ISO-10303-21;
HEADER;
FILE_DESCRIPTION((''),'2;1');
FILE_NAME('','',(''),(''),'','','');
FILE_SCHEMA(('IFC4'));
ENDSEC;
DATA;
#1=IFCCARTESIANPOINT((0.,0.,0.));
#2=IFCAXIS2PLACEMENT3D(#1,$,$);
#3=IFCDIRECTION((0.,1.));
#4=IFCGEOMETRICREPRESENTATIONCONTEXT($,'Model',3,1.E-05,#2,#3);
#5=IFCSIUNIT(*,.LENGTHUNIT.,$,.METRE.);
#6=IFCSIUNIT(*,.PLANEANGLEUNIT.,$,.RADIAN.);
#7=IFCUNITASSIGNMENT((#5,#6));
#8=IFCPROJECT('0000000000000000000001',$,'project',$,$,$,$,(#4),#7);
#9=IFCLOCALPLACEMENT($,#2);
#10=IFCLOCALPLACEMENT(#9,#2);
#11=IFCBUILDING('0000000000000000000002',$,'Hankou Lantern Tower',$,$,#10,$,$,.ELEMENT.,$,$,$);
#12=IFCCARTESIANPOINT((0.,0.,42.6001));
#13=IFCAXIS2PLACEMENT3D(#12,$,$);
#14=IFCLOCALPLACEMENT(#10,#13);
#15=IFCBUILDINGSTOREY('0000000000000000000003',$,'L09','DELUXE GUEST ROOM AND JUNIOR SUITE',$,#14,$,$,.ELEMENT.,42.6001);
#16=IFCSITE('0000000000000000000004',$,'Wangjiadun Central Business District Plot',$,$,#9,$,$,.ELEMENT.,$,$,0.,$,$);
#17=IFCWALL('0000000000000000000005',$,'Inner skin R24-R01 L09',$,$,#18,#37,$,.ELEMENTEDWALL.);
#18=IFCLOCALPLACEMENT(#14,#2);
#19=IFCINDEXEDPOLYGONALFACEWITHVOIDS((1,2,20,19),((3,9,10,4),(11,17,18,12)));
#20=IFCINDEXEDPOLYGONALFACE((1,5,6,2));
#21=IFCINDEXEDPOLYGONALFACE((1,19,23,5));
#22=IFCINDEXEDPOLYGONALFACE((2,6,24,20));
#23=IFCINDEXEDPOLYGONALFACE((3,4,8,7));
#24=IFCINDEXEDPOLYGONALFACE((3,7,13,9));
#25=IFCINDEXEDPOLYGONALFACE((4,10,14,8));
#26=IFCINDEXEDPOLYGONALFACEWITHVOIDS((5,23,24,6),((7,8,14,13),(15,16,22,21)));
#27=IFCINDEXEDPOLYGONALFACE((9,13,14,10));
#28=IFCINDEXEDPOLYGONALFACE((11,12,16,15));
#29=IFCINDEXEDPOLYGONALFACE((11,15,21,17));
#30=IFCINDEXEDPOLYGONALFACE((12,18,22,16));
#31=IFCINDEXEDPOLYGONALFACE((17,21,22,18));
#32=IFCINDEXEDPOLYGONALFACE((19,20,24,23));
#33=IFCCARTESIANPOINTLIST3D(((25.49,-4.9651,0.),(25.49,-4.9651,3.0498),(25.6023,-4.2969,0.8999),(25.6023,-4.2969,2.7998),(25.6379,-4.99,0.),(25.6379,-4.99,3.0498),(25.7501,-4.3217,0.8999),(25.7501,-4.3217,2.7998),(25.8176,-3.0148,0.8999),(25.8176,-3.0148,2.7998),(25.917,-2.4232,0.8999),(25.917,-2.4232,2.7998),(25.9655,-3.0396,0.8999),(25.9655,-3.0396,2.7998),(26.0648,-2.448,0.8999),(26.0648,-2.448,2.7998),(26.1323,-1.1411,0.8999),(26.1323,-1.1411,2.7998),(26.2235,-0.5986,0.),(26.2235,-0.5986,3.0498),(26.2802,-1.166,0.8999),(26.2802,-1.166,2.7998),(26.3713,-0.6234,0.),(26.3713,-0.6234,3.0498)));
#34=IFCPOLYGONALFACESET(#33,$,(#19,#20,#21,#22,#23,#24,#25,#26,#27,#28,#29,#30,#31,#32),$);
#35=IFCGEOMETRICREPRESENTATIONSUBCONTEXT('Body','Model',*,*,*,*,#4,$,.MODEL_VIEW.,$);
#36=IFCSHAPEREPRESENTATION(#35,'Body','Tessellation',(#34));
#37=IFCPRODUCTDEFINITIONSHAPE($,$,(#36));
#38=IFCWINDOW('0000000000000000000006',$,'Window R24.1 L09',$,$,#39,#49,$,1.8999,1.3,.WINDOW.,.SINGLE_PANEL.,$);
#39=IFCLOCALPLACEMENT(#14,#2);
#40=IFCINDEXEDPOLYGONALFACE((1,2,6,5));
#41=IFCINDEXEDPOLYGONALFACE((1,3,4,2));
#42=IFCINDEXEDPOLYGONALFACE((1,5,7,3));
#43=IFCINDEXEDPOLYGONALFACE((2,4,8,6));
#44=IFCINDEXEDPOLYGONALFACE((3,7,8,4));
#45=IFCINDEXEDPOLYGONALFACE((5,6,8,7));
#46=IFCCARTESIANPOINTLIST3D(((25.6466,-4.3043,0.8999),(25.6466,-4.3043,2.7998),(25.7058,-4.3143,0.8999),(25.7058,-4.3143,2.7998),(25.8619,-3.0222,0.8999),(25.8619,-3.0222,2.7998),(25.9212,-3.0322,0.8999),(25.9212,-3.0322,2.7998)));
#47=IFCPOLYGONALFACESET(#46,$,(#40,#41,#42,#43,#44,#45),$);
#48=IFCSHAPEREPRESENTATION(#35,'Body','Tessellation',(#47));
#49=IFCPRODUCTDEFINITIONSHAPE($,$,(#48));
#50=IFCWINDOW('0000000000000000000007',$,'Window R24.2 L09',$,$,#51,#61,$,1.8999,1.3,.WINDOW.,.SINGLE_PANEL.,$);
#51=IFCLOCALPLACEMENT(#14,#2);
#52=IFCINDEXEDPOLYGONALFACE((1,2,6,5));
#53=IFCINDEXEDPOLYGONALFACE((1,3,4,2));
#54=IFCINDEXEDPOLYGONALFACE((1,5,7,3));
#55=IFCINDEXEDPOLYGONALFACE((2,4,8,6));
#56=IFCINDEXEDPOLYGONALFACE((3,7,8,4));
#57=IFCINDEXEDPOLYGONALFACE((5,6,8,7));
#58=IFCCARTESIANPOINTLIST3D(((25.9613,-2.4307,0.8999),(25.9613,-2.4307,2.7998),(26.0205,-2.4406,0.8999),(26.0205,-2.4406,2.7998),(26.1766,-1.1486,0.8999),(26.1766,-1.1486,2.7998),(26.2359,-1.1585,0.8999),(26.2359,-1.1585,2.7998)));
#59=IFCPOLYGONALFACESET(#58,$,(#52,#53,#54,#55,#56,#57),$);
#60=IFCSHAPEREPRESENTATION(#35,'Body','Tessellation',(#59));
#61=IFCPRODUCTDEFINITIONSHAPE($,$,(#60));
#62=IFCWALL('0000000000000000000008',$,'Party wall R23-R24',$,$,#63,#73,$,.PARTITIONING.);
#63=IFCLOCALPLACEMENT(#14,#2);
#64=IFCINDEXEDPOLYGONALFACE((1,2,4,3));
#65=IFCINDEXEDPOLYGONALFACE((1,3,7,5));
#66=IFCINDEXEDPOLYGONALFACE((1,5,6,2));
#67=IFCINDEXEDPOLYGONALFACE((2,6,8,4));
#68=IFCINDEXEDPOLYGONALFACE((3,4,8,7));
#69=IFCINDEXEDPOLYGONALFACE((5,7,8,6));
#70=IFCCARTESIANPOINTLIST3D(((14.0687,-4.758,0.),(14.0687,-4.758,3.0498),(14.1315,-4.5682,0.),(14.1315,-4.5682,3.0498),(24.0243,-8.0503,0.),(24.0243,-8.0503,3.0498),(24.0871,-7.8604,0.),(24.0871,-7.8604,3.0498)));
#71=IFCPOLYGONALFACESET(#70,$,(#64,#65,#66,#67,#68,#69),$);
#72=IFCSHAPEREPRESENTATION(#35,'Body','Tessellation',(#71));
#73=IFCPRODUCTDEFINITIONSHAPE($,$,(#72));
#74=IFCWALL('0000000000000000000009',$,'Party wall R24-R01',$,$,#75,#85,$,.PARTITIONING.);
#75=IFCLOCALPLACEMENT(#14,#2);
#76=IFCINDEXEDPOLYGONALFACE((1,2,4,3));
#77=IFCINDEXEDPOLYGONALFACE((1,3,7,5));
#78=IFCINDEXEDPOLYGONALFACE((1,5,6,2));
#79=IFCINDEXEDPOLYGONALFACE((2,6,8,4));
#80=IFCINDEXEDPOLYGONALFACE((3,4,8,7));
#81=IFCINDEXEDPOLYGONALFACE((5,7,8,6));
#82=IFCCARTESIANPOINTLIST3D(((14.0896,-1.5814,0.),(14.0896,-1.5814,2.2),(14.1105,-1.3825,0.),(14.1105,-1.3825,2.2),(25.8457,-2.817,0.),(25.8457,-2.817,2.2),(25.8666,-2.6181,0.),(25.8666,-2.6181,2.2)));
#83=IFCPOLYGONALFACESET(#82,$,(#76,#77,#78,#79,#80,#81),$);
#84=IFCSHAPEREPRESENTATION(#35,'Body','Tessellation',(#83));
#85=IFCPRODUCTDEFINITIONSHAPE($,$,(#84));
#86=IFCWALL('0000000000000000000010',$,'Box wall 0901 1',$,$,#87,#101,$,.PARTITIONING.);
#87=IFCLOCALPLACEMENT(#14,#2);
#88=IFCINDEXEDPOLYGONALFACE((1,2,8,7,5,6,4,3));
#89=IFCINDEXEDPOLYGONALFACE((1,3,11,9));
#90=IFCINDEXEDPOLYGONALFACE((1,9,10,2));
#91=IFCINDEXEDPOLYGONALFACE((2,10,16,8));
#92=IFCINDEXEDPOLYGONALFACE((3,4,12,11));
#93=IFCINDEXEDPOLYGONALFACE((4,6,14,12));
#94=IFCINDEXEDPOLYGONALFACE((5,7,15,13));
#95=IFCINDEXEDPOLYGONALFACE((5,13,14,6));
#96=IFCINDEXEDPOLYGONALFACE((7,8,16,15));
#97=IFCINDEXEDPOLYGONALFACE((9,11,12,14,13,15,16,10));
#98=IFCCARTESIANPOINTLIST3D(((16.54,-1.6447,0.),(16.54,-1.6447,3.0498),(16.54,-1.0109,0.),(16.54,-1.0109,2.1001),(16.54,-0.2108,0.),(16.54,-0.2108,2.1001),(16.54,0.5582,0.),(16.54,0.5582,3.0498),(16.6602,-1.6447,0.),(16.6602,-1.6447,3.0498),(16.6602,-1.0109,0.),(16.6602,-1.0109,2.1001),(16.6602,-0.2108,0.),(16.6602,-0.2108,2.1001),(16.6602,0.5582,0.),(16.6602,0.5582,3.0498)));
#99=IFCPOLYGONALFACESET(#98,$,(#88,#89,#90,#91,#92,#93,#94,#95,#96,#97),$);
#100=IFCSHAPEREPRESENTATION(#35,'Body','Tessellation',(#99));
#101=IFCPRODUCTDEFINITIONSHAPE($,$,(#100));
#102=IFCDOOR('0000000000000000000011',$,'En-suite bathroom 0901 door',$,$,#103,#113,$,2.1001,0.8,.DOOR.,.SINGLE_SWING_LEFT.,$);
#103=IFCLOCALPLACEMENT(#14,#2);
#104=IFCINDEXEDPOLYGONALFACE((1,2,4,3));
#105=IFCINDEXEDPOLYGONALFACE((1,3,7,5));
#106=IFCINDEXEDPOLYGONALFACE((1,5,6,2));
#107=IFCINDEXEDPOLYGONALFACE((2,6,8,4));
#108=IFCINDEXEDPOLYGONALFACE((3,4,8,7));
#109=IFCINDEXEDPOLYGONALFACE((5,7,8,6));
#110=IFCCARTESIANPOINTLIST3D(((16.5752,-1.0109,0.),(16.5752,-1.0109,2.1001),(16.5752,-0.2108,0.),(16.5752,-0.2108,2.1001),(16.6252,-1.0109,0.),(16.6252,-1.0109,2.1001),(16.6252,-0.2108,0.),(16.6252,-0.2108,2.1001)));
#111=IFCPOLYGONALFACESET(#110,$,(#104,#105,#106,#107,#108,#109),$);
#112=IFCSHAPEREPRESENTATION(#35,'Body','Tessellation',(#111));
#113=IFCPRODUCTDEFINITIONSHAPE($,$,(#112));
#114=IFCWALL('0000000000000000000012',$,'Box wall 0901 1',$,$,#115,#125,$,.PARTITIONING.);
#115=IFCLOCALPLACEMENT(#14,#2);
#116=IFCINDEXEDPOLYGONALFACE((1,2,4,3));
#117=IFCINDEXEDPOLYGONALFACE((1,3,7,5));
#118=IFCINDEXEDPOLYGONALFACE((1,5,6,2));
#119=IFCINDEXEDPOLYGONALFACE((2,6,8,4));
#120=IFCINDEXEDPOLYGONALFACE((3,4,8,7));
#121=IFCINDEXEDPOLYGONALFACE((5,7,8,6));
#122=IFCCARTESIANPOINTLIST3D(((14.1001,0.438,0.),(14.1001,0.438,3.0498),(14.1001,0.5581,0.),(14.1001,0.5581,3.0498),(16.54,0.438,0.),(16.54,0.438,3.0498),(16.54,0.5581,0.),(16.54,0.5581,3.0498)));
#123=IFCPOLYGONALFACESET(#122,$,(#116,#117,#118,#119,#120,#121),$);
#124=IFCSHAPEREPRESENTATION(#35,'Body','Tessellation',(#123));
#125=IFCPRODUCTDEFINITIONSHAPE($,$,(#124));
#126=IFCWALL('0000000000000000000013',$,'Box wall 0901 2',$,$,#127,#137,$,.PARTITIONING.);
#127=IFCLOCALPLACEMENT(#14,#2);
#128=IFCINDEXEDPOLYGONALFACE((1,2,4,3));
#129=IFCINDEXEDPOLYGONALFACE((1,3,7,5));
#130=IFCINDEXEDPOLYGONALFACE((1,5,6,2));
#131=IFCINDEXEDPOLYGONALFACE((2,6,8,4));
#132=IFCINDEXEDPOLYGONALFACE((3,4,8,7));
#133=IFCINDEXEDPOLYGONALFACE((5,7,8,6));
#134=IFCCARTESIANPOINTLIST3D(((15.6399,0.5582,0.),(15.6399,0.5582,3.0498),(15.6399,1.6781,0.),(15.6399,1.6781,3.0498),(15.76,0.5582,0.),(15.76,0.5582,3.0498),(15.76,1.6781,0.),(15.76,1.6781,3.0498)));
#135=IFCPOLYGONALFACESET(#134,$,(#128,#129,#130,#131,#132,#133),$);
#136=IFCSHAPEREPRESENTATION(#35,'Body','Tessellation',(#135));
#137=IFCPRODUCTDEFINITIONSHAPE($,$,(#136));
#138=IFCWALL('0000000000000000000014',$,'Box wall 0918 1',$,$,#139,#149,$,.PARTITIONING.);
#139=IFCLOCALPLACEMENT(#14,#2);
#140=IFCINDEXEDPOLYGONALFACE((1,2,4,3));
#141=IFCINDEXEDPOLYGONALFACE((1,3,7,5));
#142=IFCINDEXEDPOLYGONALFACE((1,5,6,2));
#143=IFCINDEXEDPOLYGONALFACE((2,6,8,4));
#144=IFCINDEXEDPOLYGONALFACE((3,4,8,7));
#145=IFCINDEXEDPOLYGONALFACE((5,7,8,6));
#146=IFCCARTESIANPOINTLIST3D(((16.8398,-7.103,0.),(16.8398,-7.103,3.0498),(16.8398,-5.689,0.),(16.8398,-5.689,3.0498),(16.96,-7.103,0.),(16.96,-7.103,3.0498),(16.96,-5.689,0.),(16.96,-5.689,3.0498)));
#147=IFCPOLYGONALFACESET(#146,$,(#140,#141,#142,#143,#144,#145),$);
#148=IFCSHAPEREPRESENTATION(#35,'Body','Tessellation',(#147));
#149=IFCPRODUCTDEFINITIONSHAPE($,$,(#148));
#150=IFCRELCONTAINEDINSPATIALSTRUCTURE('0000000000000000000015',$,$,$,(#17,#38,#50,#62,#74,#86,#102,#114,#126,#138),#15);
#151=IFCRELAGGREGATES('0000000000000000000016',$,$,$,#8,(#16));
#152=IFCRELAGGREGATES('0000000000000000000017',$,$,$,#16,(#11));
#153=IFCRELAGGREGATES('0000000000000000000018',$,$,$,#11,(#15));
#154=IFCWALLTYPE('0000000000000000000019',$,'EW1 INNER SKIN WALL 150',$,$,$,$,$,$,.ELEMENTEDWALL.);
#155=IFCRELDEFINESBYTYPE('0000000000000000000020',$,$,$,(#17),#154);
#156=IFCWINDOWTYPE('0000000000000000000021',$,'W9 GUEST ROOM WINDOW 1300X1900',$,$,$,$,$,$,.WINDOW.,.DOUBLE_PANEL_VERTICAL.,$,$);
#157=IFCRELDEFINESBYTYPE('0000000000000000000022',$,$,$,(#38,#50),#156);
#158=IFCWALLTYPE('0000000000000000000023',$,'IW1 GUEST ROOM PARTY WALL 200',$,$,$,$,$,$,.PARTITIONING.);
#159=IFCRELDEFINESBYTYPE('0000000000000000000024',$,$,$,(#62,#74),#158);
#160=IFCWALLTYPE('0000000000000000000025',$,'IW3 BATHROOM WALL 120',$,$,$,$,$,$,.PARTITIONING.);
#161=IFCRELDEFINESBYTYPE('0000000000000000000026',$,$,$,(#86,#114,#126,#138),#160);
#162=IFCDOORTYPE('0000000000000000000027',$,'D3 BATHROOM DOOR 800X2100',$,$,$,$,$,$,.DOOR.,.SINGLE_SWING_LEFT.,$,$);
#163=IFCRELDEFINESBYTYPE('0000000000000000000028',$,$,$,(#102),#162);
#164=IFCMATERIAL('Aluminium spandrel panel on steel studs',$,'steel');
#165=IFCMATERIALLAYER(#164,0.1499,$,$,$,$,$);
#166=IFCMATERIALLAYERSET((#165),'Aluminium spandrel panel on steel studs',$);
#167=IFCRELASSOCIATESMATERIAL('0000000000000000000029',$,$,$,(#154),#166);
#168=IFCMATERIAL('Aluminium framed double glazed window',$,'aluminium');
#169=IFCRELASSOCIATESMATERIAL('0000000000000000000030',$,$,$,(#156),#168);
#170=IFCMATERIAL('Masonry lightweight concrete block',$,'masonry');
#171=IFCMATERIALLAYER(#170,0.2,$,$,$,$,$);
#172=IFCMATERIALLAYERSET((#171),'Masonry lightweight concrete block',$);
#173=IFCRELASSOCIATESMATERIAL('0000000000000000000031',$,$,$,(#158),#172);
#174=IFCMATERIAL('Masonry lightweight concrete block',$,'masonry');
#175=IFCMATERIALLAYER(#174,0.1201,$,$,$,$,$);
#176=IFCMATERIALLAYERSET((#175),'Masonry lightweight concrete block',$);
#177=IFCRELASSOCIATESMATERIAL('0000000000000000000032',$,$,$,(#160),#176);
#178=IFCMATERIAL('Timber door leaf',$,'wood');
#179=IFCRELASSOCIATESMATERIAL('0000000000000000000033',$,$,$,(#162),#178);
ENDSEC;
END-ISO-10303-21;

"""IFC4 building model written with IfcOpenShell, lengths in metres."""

from ifc_helpers import new_model, si_unit, direction, frame, frame_2d, origin, place, context, subcontext, project, spatial, rectangle, extrude, material, layer, layer_set, type_object, element, fill, save


model = new_model("IFC4")

# Units and contexts
model_context = context("Model", 3, precision=1e-05, world=origin(), true_north=direction((0.0, 1.0)))
body_context = subcontext(model_context, "Body", "Model", "MODEL_VIEW")
ifc_project = project(units=[si_unit("LENGTHUNIT", "METRE"), si_unit("PLANEANGLEUNIT", "RADIAN")], contexts=[model_context])

# Site, building, storey
site_placement = place(None, origin())
site = spatial("IfcSite", under=ifc_project, at=site_placement, Name="Wangjiadun Central Business District Plot", CompositionType="ELEMENT", RefElevation=0.0)
building_placement = place(site_placement, origin())
building = spatial("IfcBuilding", under=site, at=building_placement, Name="Hankou Lantern Tower", CompositionType="ELEMENT")
storey_placement = place(building_placement, frame((0.0, 0.0, 42.6001)))
storey = spatial("IfcBuildingStorey", under=building, at=storey_placement, Name="L09", Description="DELUXE GUEST ROOM AND JUNIOR SUITE", CompositionType="ELEMENT", Elevation=42.6001)

# Wall, openings, windows
ifc_material_1 = material(Name="Aluminium spandrel panel on steel studs", Category="steel")
ifc_layer_1 = layer(ifc_material_1, 0.1499)
ifc_layer_set_1 = layer_set([ifc_layer_1], Name="Aluminium spandrel panel on steel studs")
wall_type_1 = type_object("IfcWallType", Name="EW1 INNER SKIN WALL 150", PredefinedType="ELEMENTEDWALL", material=ifc_layer_set_1)
wall_1_placement = place(storey_placement, frame((25.564, -4.9775, 0.0), z_axis=(0.0, 0.0, 1.0), x_axis=(0.165642, 0.986186, 0.0)))
wall_1 = element("IfcWall", 1, at=wall_1_placement, inside=storey, type_object=wall_type_1, Name="Inner skin R24-R01 L09", PredefinedType="ELEMENTEDWALL", context=body_context, shape_type="SweptSolid", body=[
    extrude(rectangle(XDim=4.4277, YDim=0.1499, at=frame_2d((2.2139, 0.0))), origin(), (0.0, 0.0, 1.0), 3.0498),
])
opening_1_placement = place(wall_1_placement, frame((0.6777, 0.0, 0.8999)))
opening_1 = element("IfcOpeningElement", 2, at=opening_1_placement, cuts=wall_1, PredefinedType="OPENING", context=body_context, shape_type="SweptSolid", body=[
    extrude(rectangle(XDim=1.3, YDim=1.8999, at=frame_2d((0.6499, 0.95))), frame((0.0, 0.085, 0.0), z_axis=(0.0, -1.0, 0.0), x_axis=(1.0, 0.0, 0.0)), (0.0, 0.0, 1.0), 0.1699),
])
opening_2_placement = place(wall_1_placement, frame((2.5776, 0.0, 0.8999)))
opening_2 = element("IfcOpeningElement", 3, at=opening_2_placement, cuts=wall_1, PredefinedType="OPENING", context=body_context, shape_type="SweptSolid", body=[
    extrude(rectangle(XDim=1.3, YDim=1.8999, at=frame_2d((0.6499, 0.95))), frame((0.0, 0.085, 0.0), z_axis=(0.0, -1.0, 0.0), x_axis=(1.0, 0.0, 0.0)), (0.0, 0.0, 1.0), 0.1699),
])
ifc_material_2 = material(Name="Aluminium framed double glazed window", Category="aluminium")
window_type = type_object("IfcWindowType", Name="W9 GUEST ROOM WINDOW 1300X1900", PartitioningType="DOUBLE_PANEL_VERTICAL", PredefinedType="WINDOW", material=ifc_material_2)
window_1_placement = place(opening_1_placement, origin())
window_1 = element("IfcWindow", 4, at=window_1_placement, inside=storey, type_object=window_type, Name="Window R24.1 L09", OverallHeight=1.8999, OverallWidth=1.3, PartitioningType="SINGLE_PANEL", PredefinedType="WINDOW", context=body_context, shape_type="SweptSolid", body=[
    extrude(rectangle(XDim=1.3, YDim=1.8999, at=frame_2d((0.6499, 0.95))), frame((0.0, 0.03, 0.0), z_axis=(0.0, -1.0, 0.0), x_axis=(1.0, 0.0, 0.0)), (0.0, 0.0, 1.0), 0.0601),
])
fill(opening_1, window_1)
window_2_placement = place(opening_2_placement, origin())
window_2 = element("IfcWindow", 5, at=window_2_placement, inside=storey, type_object=window_type, Name="Window R24.2 L09", OverallHeight=1.8999, OverallWidth=1.3, PartitioningType="SINGLE_PANEL", PredefinedType="WINDOW", context=body_context, shape_type="SweptSolid", body=[
    extrude(rectangle(XDim=1.3, YDim=1.8999, at=frame_2d((0.6499, 0.95))), frame((0.0, 0.03, 0.0), z_axis=(0.0, -1.0, 0.0), x_axis=(1.0, 0.0, 0.0)), (0.0, 0.0, 1.0), 0.0601),
])
fill(opening_2, window_2)

# Walls
ifc_material_3 = material(Name="Masonry lightweight concrete block", Category="masonry")
ifc_layer_2 = layer(ifc_material_3, 0.2)
ifc_layer_set_2 = layer_set([ifc_layer_2], Name="Masonry lightweight concrete block")
wall_type_2 = type_object("IfcWallType", Name="IW1 GUEST ROOM PARTY WALL 200", PredefinedType="PARTITIONING", material=ifc_layer_set_2)
wall_2_placement = place(storey_placement, frame((14.1001, -4.6631, 0.0), z_axis=(0.0, 0.0, 1.0), x_axis=(0.949433, -0.313971, 0.0)))
element("IfcWall", 6, at=wall_2_placement, inside=storey, type_object=wall_type_2, Name="Party wall R23-R24", PredefinedType="PARTITIONING", context=body_context, shape_type="SweptSolid", body=[
    extrude(rectangle(XDim=10.4858, YDim=0.2, at=frame_2d((5.2429, 0.0))), origin(), (0.0, 0.0, 1.0), 3.0498),
])
wall_3_placement = place(storey_placement, frame((14.1001, -1.4819, 0.0), z_axis=(0.0, 0.0, 1.0), x_axis=(0.994522, -0.104527, 0.0)))
element("IfcWall", 7, at=wall_3_placement, inside=storey, type_object=wall_type_2, Name="Party wall R24-R01", PredefinedType="PARTITIONING", context=body_context, shape_type="SweptSolid", body=[
    extrude(rectangle(XDim=11.8208, YDim=0.2, at=frame_2d((5.9104, 0.0))), origin(), (0.0, 0.0, 1.0), 2.2),
])

# Wall, opening, door
ifc_material_4 = material(Name="Masonry lightweight concrete block", Category="masonry")
ifc_layer_3 = layer(ifc_material_4, 0.1201)
ifc_layer_set_3 = layer_set([ifc_layer_3], Name="Masonry lightweight concrete block")
wall_type_3 = type_object("IfcWallType", Name="IW3 BATHROOM WALL 120", PredefinedType="PARTITIONING", material=ifc_layer_set_3)
wall_4_placement = place(storey_placement, frame((16.6001, -1.6448, 0.0), z_axis=(0.0, 0.0, 1.0), x_axis=(0.0, 1.0, 0.0)))
wall_4 = element("IfcWall", 8, at=wall_4_placement, inside=storey, type_object=wall_type_3, Name="Box wall 0901 1", PredefinedType="PARTITIONING", context=body_context, shape_type="SweptSolid", body=[
    extrude(rectangle(XDim=2.2029, YDim=0.1201, at=frame_2d((1.1016, 0.0))), origin(), (0.0, 0.0, 1.0), 3.0498),
])
opening_3_placement = place(wall_4_placement, frame((0.634, 0.0, 0.0)))
opening_3 = element("IfcOpeningElement", 9, at=opening_3_placement, cuts=wall_4, PredefinedType="OPENING", context=body_context, shape_type="SweptSolid", body=[
    extrude(rectangle(XDim=0.8, YDim=2.1001, at=frame_2d((0.3999, 1.05))), frame((0.0, 0.0701, 0.0), z_axis=(0.0, -1.0, 0.0), x_axis=(1.0, 0.0, 0.0)), (0.0, 0.0, 1.0), 0.1401),
])
ifc_material_5 = material(Name="Timber door leaf", Category="wood")
door_type = type_object("IfcDoorType", Name="D3 BATHROOM DOOR 800X2100", OperationType="SINGLE_SWING_LEFT", PredefinedType="DOOR", material=ifc_material_5)
door_1_placement = place(opening_3_placement, origin())
door_1 = element("IfcDoor", 10, at=door_1_placement, inside=storey, type_object=door_type, Name="En-suite bathroom 0901 door", OperationType="SINGLE_SWING_LEFT", OverallHeight=2.1001, OverallWidth=0.8, PredefinedType="DOOR", context=body_context, shape_type="SweptSolid", body=[
    extrude(rectangle(XDim=0.8, YDim=2.1001, at=frame_2d((0.3999, 1.05))), frame((0.0, 0.0249, 0.0), z_axis=(0.0, -1.0, 0.0), x_axis=(1.0, 0.0, 0.0)), (0.0, 0.0, 1.0), 0.05),
])
fill(opening_3, door_1)

# Walls
wall_5_placement = place(storey_placement, frame((14.1001, 0.498, 0.0), z_axis=(0.0, 0.0, 1.0), x_axis=(1.0, 0.0, 0.0)))
element("IfcWall", 11, at=wall_5_placement, inside=storey, type_object=wall_type_3, Name="Box wall 0901 1", PredefinedType="PARTITIONING", context=body_context, shape_type="SweptSolid", body=[
    extrude(rectangle(XDim=2.4399, YDim=0.1201, at=frame_2d((1.22, 0.0))), origin(), (0.0, 0.0, 1.0), 3.0498),
])
wall_6_placement = place(storey_placement, frame((15.7, 0.5581, 0.0), z_axis=(0.0, 0.0, 1.0), x_axis=(0.0, 1.0, 0.0)))
element("IfcWall", 12, at=wall_6_placement, inside=storey, type_object=wall_type_3, Name="Box wall 0901 2", PredefinedType="PARTITIONING", context=body_context, shape_type="SweptSolid", body=[
    extrude(rectangle(XDim=1.1199, YDim=0.1201, at=frame_2d((0.5601, 0.0))), origin(), (0.0, 0.0, 1.0), 3.0498),
])
wall_7_placement = place(storey_placement, frame((16.8999, -5.689, 0.0), z_axis=(0.0, 0.0, 1.0), x_axis=(0.0, -1.0, 0.0)))
element("IfcWall", 13, at=wall_7_placement, inside=storey, type_object=wall_type_3, Name="Box wall 0918 1", PredefinedType="PARTITIONING", context=body_context, shape_type="SweptSolid", body=[
    extrude(rectangle(XDim=1.4141, YDim=0.1201, at=frame_2d((0.707, 0.0))), origin(), (0.0, 0.0, 1.0), 3.0498),
])

save(model, "model.ifc")
